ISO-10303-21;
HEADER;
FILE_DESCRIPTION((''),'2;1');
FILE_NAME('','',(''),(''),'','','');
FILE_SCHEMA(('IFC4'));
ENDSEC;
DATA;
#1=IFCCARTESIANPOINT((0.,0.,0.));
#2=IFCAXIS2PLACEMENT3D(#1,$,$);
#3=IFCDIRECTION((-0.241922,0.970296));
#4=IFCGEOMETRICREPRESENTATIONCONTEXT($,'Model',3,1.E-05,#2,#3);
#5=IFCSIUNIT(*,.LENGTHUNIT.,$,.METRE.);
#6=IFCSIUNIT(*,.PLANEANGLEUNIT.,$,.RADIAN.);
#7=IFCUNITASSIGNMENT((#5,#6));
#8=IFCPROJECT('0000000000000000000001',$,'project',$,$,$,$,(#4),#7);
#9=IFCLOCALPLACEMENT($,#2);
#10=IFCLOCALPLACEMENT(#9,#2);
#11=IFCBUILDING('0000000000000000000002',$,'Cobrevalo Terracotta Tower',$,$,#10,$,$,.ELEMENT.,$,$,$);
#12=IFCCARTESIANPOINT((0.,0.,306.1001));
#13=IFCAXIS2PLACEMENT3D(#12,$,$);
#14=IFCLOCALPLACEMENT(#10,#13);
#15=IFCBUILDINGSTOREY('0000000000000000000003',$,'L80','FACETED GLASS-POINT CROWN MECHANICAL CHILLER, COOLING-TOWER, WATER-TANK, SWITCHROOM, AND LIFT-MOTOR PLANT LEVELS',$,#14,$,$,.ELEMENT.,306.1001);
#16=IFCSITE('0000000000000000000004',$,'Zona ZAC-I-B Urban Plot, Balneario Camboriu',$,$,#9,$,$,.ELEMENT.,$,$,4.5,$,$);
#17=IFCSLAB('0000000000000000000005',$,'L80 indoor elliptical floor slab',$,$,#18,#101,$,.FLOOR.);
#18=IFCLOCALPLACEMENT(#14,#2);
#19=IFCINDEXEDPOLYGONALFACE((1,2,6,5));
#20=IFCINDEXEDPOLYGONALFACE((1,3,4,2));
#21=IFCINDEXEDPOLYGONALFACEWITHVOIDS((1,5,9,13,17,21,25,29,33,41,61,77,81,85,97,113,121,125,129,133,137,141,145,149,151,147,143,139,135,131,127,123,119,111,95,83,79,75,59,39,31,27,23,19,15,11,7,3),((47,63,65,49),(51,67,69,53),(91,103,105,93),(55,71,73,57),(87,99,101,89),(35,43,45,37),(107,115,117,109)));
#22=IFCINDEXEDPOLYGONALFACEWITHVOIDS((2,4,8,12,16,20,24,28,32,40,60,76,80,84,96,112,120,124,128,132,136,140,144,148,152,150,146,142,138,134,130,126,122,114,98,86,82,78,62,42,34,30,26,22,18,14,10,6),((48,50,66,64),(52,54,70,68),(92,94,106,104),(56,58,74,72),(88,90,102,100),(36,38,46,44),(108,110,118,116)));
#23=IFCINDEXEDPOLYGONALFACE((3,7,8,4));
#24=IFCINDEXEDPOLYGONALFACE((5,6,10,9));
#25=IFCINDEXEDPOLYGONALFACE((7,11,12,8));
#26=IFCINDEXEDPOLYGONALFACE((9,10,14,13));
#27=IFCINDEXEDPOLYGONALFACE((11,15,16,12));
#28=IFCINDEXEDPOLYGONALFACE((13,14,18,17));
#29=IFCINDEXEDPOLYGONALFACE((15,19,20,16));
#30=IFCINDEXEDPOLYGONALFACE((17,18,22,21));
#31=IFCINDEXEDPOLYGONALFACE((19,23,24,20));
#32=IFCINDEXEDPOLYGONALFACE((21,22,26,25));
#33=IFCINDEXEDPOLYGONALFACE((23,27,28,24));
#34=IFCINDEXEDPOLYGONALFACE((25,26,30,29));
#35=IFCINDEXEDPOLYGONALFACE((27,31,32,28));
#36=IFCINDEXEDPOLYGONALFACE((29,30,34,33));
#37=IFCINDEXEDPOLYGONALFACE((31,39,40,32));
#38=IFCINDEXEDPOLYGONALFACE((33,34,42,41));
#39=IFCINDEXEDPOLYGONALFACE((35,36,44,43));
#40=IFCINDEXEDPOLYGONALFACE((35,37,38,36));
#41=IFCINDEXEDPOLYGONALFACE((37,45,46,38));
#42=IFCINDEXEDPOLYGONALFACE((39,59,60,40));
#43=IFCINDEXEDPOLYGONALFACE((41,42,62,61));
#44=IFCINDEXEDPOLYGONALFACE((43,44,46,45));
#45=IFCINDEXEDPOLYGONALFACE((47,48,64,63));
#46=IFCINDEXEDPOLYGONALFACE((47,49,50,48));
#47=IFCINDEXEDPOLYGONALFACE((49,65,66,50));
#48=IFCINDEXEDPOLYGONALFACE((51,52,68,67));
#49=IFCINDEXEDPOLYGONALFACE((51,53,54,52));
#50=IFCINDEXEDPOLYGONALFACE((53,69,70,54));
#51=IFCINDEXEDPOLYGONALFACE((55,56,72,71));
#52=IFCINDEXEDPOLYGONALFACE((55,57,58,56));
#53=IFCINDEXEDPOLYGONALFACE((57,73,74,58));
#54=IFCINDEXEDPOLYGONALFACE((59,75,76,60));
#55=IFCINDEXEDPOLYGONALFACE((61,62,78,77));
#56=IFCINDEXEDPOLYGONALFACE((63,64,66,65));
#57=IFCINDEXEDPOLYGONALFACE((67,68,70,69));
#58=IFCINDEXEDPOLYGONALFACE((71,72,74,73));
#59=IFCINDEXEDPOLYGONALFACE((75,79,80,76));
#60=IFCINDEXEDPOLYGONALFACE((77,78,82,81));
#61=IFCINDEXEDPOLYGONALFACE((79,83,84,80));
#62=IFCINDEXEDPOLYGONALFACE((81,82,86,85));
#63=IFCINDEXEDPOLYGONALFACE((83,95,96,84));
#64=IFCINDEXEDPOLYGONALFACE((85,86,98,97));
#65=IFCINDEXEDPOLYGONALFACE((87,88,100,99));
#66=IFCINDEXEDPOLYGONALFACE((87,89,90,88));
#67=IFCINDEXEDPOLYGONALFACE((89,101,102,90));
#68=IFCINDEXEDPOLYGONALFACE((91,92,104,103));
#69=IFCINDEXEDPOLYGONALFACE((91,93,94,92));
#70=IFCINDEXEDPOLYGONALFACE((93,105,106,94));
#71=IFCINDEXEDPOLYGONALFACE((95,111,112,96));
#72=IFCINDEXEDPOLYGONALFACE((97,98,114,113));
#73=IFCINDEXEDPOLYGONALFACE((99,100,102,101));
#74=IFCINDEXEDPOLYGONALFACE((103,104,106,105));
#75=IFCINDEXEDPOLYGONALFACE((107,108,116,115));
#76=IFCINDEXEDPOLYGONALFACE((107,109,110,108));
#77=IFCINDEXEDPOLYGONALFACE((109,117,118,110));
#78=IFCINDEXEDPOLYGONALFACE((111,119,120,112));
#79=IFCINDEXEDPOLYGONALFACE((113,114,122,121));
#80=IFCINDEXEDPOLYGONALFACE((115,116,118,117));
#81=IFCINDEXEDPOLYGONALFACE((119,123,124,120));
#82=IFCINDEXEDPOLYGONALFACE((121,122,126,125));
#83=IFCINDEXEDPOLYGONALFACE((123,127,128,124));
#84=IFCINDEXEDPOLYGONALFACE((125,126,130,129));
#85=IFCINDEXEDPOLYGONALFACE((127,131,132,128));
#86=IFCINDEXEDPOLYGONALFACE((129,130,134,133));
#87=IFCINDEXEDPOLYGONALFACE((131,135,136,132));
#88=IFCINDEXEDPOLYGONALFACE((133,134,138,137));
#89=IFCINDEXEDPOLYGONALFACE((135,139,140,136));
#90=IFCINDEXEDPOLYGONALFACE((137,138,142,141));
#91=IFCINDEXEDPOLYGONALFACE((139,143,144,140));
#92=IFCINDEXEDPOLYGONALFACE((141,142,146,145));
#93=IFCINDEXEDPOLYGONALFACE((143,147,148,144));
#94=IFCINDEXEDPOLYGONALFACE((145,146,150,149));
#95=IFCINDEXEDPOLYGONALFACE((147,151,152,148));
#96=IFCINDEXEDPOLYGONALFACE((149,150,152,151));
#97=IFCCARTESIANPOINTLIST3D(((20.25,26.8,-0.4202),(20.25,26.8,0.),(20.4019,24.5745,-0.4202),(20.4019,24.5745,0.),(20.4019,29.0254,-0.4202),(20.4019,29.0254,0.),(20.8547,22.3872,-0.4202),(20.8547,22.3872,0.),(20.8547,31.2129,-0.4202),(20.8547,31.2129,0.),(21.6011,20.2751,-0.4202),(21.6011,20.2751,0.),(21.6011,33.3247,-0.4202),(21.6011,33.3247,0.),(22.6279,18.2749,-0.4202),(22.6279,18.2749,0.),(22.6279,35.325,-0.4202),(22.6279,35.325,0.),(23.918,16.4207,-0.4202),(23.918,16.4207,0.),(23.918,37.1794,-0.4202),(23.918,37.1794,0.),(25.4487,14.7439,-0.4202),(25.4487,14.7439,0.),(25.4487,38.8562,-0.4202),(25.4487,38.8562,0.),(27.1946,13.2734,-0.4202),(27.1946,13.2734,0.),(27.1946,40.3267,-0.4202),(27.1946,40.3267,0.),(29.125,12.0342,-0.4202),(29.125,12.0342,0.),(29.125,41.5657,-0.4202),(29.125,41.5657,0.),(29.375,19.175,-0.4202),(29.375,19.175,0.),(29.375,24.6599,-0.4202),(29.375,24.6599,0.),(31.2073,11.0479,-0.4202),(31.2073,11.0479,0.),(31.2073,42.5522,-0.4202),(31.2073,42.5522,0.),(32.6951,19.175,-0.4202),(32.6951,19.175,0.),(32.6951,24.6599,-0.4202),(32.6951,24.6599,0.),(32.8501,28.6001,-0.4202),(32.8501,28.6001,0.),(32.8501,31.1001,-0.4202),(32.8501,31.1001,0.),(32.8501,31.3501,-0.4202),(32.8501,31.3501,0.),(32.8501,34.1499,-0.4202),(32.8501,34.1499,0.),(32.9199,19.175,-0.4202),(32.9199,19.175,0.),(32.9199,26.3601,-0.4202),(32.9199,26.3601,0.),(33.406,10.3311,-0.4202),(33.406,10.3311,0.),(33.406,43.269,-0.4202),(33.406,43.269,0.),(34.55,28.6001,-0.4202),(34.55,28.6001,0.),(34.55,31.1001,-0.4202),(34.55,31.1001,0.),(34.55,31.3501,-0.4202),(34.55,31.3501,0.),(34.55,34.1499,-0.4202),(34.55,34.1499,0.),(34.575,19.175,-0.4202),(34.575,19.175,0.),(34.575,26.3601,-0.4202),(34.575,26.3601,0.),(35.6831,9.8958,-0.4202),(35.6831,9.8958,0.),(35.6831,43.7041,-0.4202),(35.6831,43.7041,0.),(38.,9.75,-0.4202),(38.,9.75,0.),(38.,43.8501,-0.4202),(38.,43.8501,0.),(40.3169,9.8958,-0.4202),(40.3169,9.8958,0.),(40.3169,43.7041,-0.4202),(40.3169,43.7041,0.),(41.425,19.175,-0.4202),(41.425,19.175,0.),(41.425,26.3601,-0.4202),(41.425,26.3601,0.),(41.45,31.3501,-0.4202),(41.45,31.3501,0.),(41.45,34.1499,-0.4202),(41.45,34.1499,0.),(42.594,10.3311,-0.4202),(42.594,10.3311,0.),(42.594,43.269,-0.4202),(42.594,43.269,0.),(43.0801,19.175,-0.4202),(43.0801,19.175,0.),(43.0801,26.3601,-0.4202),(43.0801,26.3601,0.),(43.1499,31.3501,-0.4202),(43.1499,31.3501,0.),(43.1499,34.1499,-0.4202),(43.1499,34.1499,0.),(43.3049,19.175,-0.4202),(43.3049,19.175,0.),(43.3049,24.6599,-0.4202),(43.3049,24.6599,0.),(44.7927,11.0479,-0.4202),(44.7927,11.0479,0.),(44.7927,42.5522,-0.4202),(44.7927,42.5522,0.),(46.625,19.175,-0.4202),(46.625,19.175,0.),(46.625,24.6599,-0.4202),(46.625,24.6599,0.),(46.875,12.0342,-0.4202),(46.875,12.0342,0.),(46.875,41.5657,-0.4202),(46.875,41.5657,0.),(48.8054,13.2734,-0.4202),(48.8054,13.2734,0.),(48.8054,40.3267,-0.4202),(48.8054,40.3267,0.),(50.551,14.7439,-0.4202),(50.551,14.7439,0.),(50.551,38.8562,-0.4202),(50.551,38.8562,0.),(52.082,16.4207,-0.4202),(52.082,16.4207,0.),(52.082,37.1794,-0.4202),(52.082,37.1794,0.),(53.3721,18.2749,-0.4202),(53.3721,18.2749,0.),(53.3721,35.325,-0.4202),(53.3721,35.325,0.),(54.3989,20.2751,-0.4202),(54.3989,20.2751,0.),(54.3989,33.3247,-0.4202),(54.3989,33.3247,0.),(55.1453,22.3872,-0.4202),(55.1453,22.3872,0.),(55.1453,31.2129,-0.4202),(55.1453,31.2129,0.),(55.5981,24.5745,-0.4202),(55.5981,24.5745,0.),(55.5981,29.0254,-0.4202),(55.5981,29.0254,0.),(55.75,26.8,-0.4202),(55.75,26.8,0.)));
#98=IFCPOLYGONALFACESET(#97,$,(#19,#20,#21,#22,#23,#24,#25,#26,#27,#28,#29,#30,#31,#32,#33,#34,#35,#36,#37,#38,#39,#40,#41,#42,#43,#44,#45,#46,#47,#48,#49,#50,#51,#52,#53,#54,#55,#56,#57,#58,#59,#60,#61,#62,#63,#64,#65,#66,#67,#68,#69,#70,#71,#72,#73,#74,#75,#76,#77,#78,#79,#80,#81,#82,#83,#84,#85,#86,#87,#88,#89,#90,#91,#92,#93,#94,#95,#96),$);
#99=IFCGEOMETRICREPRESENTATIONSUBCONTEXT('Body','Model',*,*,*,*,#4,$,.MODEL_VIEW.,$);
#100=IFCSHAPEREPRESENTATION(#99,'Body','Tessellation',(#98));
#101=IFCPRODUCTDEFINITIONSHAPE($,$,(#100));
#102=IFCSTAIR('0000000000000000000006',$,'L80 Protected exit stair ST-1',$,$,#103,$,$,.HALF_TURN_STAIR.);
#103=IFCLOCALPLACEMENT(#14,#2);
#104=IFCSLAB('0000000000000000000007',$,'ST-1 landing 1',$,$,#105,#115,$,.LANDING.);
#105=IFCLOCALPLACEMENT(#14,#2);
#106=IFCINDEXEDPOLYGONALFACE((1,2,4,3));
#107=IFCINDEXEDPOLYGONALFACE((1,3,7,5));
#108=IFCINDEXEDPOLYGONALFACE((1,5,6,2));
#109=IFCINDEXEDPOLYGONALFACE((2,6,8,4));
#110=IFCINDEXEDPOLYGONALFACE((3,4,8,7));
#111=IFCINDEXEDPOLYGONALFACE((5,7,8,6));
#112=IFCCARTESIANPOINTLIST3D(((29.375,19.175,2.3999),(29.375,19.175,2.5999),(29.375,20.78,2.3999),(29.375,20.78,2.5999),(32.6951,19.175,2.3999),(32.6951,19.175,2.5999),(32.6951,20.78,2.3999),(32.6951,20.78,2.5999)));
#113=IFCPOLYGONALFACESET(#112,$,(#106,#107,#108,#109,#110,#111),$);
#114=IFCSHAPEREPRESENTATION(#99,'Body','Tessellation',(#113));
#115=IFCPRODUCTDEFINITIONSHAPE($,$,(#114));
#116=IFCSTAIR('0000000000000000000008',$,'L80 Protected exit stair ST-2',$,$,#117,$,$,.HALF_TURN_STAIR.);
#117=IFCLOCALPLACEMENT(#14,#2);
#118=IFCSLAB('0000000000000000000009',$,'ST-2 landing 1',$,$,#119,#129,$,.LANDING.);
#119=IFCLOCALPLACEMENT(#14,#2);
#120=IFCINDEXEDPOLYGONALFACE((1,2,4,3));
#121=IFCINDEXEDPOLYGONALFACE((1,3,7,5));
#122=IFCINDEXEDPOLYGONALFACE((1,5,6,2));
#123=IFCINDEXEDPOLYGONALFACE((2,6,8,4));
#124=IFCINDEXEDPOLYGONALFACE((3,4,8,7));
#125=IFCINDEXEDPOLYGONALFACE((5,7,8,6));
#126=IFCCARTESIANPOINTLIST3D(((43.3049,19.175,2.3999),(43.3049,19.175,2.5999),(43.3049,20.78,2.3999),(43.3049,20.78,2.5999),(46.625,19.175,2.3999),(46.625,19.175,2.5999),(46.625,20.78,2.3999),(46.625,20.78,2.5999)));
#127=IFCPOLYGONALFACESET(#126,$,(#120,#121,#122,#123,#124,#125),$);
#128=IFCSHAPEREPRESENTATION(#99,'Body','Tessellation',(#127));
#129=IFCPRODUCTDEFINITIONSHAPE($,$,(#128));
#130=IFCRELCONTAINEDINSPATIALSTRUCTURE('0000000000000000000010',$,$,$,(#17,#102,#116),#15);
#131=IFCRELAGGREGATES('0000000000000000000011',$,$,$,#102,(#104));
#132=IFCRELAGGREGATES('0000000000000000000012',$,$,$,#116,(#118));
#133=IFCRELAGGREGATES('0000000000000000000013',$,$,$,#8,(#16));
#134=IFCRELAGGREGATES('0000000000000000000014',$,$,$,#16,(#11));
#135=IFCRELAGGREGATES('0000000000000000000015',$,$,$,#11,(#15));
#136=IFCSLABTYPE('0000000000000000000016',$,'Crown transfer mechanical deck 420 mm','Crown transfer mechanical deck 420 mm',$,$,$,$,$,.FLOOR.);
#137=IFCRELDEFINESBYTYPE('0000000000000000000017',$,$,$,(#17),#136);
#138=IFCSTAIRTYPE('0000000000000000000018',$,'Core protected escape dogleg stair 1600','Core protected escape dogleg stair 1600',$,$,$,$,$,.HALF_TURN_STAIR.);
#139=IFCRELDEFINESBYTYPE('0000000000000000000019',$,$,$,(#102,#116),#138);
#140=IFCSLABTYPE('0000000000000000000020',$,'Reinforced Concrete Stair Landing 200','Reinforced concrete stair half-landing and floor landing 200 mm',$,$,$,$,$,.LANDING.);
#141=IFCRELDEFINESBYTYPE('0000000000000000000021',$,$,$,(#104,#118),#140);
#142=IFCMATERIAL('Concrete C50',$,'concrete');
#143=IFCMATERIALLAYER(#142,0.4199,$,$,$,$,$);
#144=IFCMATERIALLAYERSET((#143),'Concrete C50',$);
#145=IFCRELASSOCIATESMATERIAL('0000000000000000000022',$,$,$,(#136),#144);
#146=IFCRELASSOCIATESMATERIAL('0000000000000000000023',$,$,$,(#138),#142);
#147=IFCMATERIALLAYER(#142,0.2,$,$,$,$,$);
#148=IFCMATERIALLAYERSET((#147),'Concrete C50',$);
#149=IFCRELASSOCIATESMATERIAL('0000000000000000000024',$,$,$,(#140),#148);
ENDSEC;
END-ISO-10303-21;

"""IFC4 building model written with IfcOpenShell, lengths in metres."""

from ifc_helpers import new_model, si_unit, direction, frame, origin, place, context, subcontext, project, spatial, polyline, outline, extrude, material, layer, layer_set, type_object, element, aggregate, save


model = new_model("IFC4")

# Units and contexts
model_context = context("Model", 3, precision=1e-05, world=origin(), true_north=direction((-0.241922, 0.970296)))
body_context = subcontext(model_context, "Body", "Model", "MODEL_VIEW")
ifc_project = project(units=[si_unit("LENGTHUNIT", "METRE"), si_unit("PLANEANGLEUNIT", "RADIAN")], contexts=[model_context])

# Site, building, storey
site_placement = place(None, origin())
site = spatial("IfcSite", under=ifc_project, at=site_placement, Name="Zona ZAC-I-B Urban Plot, Balneario Camboriu", CompositionType="ELEMENT", RefElevation=4.5)
building_placement = place(site_placement, origin())
building = spatial("IfcBuilding", under=site, at=building_placement, Name="Cobrevalo Terracotta Tower", CompositionType="ELEMENT")
storey_placement = place(building_placement, frame((0.0, 0.0, 306.1001)))
storey = spatial("IfcBuildingStorey", under=building, at=storey_placement, Name="L80", Description="FACETED GLASS-POINT CROWN MECHANICAL CHILLER, COOLING-TOWER, WATER-TANK, SWITCHROOM, AND LIFT-MOTOR PLANT LEVELS", CompositionType="ELEMENT", Elevation=306.1001)

# Slab
ifc_material_1 = material(Name="Concrete C50", Category="concrete")
ifc_layer_1 = layer(ifc_material_1, 0.4199)
ifc_layer_set_1 = layer_set([ifc_layer_1], Name="Concrete C50")
slab_type_1 = type_object("IfcSlabType", Name="Crown transfer mechanical deck 420 mm", Description="Crown transfer mechanical deck 420 mm", PredefinedType="FLOOR", material=ifc_layer_set_1)
slab_1_placement = place(storey_placement, frame((0.0, 0.0, -0.4202)))
element("IfcSlab", 1, at=slab_1_placement, inside=storey, type_object=slab_type_1, Name="L80 indoor elliptical floor slab", PredefinedType="FLOOR", context=body_context, shape_type="SweptSolid", body=[
    extrude(outline(polyline([(55.5981, 24.5745), (55.1453, 22.3872), (54.3989, 20.2751), (53.3721, 18.2749), (52.082, 16.4207), (50.551, 14.7439), (48.8054, 13.2734), (46.875, 12.0342), (44.7927, 11.0479), (42.594, 10.3311), (40.3169, 9.8958), (38.0, 9.75), (35.6831, 9.8958), (33.406, 10.3311), (31.2073, 11.0479), (29.125, 12.0342), (27.1946, 13.2734), (25.4487, 14.7439), (23.918, 16.4207), (22.6279, 18.2749), (21.6011, 20.2751), (20.8547, 22.3872), (20.4019, 24.5745), (20.25, 26.8), (20.4019, 29.0254), (20.8547, 31.2129), (21.6011, 33.3247), (22.6279, 35.325), (23.918, 37.1794), (25.4487, 38.8562), (27.1946, 40.3267), (29.125, 41.5657), (31.2073, 42.5522), (33.406, 43.269), (35.6831, 43.7041), (38.0, 43.8501), (40.3169, 43.7041), (42.594, 43.269), (44.7927, 42.5522), (46.875, 41.5657), (48.8054, 40.3267), (50.551, 38.8562), (52.082, 37.1794), (53.3721, 35.325), (54.3989, 33.3247), (55.1453, 31.2129), (55.5981, 29.0254), (55.75, 26.8), (55.5981, 24.5745)]), holes=[polyline([(32.6951, 24.6599), (29.375, 24.6599), (29.375, 19.175), (32.6951, 19.175), (32.6951, 24.6599)]), polyline([(46.625, 19.175), (46.625, 24.6599), (43.3049, 24.6599), (43.3049, 19.175), (46.625, 19.175)]), polyline([(34.575, 26.3601), (32.9199, 26.3601), (32.9199, 19.175), (34.575, 19.175), (34.575, 26.3601)]), polyline([(43.0801, 26.3601), (41.425, 26.3601), (41.425, 19.175), (43.0801, 19.175), (43.0801, 26.3601)]), polyline([(34.55, 31.1001), (32.8501, 31.1001), (32.8501, 28.6001), (34.55, 28.6001), (34.55, 31.1001)]), polyline([(34.55, 34.1499), (32.8501, 34.1499), (32.8501, 31.3501), (34.55, 31.3501), (34.55, 34.1499)]), polyline([(43.1499, 34.1499), (41.45, 34.1499), (41.45, 31.3501), (43.1499, 31.3501), (43.1499, 34.1499)])]), origin(), (0.0, 0.0, 1.0), 0.4202),
])

# Stairs, slabs
stair_type = type_object("IfcStairType", Name="Core protected escape dogleg stair 1600", Description="Core protected escape dogleg stair 1600", PredefinedType="HALF_TURN_STAIR", material=ifc_material_1)
stair_1_placement = place(storey_placement, origin())
stair_1 = element("IfcStair", 2, at=stair_1_placement, inside=storey, type_object=stair_type, Name="L80 Protected exit stair ST-1", PredefinedType="HALF_TURN_STAIR")
ifc_layer_2 = layer(ifc_material_1, 0.2)
ifc_layer_set_2 = layer_set([ifc_layer_2], Name="Concrete C50")
slab_type_2 = type_object("IfcSlabType", Name="Reinforced Concrete Stair Landing 200", Description="Reinforced concrete stair half-landing and floor landing 200 mm", PredefinedType="LANDING", material=ifc_layer_set_2)
slab_2_placement = place(storey_placement, frame((0.0, 0.0, 2.3999)))
slab_2 = element("IfcSlab", 3, at=slab_2_placement, type_object=slab_type_2, Name="ST-1 landing 1", PredefinedType="LANDING", context=body_context, shape_type="SweptSolid", body=[
    extrude(outline(polyline([(29.375, 20.78), (29.375, 19.175), (32.6951, 19.175), (32.6951, 20.78), (29.375, 20.78)])), origin(), (0.0, 0.0, 1.0), 0.2),
])
aggregate(stair_1, [slab_2])
stair_2_placement = place(storey_placement, origin())
stair_2 = element("IfcStair", 4, at=stair_2_placement, inside=storey, type_object=stair_type, Name="L80 Protected exit stair ST-2", PredefinedType="HALF_TURN_STAIR")
slab_3_placement = place(storey_placement, frame((0.0, 0.0, 2.3999)))
slab_3 = element("IfcSlab", 5, at=slab_3_placement, type_object=slab_type_2, Name="ST-2 landing 1", PredefinedType="LANDING", context=body_context, shape_type="SweptSolid", body=[
    extrude(outline(polyline([(43.3049, 20.78), (43.3049, 19.175), (46.625, 19.175), (46.625, 20.78), (43.3049, 20.78)])), origin(), (0.0, 0.0, 1.0), 0.2),
])
aggregate(stair_2, [slab_3])

save(model, "model.ifc")
